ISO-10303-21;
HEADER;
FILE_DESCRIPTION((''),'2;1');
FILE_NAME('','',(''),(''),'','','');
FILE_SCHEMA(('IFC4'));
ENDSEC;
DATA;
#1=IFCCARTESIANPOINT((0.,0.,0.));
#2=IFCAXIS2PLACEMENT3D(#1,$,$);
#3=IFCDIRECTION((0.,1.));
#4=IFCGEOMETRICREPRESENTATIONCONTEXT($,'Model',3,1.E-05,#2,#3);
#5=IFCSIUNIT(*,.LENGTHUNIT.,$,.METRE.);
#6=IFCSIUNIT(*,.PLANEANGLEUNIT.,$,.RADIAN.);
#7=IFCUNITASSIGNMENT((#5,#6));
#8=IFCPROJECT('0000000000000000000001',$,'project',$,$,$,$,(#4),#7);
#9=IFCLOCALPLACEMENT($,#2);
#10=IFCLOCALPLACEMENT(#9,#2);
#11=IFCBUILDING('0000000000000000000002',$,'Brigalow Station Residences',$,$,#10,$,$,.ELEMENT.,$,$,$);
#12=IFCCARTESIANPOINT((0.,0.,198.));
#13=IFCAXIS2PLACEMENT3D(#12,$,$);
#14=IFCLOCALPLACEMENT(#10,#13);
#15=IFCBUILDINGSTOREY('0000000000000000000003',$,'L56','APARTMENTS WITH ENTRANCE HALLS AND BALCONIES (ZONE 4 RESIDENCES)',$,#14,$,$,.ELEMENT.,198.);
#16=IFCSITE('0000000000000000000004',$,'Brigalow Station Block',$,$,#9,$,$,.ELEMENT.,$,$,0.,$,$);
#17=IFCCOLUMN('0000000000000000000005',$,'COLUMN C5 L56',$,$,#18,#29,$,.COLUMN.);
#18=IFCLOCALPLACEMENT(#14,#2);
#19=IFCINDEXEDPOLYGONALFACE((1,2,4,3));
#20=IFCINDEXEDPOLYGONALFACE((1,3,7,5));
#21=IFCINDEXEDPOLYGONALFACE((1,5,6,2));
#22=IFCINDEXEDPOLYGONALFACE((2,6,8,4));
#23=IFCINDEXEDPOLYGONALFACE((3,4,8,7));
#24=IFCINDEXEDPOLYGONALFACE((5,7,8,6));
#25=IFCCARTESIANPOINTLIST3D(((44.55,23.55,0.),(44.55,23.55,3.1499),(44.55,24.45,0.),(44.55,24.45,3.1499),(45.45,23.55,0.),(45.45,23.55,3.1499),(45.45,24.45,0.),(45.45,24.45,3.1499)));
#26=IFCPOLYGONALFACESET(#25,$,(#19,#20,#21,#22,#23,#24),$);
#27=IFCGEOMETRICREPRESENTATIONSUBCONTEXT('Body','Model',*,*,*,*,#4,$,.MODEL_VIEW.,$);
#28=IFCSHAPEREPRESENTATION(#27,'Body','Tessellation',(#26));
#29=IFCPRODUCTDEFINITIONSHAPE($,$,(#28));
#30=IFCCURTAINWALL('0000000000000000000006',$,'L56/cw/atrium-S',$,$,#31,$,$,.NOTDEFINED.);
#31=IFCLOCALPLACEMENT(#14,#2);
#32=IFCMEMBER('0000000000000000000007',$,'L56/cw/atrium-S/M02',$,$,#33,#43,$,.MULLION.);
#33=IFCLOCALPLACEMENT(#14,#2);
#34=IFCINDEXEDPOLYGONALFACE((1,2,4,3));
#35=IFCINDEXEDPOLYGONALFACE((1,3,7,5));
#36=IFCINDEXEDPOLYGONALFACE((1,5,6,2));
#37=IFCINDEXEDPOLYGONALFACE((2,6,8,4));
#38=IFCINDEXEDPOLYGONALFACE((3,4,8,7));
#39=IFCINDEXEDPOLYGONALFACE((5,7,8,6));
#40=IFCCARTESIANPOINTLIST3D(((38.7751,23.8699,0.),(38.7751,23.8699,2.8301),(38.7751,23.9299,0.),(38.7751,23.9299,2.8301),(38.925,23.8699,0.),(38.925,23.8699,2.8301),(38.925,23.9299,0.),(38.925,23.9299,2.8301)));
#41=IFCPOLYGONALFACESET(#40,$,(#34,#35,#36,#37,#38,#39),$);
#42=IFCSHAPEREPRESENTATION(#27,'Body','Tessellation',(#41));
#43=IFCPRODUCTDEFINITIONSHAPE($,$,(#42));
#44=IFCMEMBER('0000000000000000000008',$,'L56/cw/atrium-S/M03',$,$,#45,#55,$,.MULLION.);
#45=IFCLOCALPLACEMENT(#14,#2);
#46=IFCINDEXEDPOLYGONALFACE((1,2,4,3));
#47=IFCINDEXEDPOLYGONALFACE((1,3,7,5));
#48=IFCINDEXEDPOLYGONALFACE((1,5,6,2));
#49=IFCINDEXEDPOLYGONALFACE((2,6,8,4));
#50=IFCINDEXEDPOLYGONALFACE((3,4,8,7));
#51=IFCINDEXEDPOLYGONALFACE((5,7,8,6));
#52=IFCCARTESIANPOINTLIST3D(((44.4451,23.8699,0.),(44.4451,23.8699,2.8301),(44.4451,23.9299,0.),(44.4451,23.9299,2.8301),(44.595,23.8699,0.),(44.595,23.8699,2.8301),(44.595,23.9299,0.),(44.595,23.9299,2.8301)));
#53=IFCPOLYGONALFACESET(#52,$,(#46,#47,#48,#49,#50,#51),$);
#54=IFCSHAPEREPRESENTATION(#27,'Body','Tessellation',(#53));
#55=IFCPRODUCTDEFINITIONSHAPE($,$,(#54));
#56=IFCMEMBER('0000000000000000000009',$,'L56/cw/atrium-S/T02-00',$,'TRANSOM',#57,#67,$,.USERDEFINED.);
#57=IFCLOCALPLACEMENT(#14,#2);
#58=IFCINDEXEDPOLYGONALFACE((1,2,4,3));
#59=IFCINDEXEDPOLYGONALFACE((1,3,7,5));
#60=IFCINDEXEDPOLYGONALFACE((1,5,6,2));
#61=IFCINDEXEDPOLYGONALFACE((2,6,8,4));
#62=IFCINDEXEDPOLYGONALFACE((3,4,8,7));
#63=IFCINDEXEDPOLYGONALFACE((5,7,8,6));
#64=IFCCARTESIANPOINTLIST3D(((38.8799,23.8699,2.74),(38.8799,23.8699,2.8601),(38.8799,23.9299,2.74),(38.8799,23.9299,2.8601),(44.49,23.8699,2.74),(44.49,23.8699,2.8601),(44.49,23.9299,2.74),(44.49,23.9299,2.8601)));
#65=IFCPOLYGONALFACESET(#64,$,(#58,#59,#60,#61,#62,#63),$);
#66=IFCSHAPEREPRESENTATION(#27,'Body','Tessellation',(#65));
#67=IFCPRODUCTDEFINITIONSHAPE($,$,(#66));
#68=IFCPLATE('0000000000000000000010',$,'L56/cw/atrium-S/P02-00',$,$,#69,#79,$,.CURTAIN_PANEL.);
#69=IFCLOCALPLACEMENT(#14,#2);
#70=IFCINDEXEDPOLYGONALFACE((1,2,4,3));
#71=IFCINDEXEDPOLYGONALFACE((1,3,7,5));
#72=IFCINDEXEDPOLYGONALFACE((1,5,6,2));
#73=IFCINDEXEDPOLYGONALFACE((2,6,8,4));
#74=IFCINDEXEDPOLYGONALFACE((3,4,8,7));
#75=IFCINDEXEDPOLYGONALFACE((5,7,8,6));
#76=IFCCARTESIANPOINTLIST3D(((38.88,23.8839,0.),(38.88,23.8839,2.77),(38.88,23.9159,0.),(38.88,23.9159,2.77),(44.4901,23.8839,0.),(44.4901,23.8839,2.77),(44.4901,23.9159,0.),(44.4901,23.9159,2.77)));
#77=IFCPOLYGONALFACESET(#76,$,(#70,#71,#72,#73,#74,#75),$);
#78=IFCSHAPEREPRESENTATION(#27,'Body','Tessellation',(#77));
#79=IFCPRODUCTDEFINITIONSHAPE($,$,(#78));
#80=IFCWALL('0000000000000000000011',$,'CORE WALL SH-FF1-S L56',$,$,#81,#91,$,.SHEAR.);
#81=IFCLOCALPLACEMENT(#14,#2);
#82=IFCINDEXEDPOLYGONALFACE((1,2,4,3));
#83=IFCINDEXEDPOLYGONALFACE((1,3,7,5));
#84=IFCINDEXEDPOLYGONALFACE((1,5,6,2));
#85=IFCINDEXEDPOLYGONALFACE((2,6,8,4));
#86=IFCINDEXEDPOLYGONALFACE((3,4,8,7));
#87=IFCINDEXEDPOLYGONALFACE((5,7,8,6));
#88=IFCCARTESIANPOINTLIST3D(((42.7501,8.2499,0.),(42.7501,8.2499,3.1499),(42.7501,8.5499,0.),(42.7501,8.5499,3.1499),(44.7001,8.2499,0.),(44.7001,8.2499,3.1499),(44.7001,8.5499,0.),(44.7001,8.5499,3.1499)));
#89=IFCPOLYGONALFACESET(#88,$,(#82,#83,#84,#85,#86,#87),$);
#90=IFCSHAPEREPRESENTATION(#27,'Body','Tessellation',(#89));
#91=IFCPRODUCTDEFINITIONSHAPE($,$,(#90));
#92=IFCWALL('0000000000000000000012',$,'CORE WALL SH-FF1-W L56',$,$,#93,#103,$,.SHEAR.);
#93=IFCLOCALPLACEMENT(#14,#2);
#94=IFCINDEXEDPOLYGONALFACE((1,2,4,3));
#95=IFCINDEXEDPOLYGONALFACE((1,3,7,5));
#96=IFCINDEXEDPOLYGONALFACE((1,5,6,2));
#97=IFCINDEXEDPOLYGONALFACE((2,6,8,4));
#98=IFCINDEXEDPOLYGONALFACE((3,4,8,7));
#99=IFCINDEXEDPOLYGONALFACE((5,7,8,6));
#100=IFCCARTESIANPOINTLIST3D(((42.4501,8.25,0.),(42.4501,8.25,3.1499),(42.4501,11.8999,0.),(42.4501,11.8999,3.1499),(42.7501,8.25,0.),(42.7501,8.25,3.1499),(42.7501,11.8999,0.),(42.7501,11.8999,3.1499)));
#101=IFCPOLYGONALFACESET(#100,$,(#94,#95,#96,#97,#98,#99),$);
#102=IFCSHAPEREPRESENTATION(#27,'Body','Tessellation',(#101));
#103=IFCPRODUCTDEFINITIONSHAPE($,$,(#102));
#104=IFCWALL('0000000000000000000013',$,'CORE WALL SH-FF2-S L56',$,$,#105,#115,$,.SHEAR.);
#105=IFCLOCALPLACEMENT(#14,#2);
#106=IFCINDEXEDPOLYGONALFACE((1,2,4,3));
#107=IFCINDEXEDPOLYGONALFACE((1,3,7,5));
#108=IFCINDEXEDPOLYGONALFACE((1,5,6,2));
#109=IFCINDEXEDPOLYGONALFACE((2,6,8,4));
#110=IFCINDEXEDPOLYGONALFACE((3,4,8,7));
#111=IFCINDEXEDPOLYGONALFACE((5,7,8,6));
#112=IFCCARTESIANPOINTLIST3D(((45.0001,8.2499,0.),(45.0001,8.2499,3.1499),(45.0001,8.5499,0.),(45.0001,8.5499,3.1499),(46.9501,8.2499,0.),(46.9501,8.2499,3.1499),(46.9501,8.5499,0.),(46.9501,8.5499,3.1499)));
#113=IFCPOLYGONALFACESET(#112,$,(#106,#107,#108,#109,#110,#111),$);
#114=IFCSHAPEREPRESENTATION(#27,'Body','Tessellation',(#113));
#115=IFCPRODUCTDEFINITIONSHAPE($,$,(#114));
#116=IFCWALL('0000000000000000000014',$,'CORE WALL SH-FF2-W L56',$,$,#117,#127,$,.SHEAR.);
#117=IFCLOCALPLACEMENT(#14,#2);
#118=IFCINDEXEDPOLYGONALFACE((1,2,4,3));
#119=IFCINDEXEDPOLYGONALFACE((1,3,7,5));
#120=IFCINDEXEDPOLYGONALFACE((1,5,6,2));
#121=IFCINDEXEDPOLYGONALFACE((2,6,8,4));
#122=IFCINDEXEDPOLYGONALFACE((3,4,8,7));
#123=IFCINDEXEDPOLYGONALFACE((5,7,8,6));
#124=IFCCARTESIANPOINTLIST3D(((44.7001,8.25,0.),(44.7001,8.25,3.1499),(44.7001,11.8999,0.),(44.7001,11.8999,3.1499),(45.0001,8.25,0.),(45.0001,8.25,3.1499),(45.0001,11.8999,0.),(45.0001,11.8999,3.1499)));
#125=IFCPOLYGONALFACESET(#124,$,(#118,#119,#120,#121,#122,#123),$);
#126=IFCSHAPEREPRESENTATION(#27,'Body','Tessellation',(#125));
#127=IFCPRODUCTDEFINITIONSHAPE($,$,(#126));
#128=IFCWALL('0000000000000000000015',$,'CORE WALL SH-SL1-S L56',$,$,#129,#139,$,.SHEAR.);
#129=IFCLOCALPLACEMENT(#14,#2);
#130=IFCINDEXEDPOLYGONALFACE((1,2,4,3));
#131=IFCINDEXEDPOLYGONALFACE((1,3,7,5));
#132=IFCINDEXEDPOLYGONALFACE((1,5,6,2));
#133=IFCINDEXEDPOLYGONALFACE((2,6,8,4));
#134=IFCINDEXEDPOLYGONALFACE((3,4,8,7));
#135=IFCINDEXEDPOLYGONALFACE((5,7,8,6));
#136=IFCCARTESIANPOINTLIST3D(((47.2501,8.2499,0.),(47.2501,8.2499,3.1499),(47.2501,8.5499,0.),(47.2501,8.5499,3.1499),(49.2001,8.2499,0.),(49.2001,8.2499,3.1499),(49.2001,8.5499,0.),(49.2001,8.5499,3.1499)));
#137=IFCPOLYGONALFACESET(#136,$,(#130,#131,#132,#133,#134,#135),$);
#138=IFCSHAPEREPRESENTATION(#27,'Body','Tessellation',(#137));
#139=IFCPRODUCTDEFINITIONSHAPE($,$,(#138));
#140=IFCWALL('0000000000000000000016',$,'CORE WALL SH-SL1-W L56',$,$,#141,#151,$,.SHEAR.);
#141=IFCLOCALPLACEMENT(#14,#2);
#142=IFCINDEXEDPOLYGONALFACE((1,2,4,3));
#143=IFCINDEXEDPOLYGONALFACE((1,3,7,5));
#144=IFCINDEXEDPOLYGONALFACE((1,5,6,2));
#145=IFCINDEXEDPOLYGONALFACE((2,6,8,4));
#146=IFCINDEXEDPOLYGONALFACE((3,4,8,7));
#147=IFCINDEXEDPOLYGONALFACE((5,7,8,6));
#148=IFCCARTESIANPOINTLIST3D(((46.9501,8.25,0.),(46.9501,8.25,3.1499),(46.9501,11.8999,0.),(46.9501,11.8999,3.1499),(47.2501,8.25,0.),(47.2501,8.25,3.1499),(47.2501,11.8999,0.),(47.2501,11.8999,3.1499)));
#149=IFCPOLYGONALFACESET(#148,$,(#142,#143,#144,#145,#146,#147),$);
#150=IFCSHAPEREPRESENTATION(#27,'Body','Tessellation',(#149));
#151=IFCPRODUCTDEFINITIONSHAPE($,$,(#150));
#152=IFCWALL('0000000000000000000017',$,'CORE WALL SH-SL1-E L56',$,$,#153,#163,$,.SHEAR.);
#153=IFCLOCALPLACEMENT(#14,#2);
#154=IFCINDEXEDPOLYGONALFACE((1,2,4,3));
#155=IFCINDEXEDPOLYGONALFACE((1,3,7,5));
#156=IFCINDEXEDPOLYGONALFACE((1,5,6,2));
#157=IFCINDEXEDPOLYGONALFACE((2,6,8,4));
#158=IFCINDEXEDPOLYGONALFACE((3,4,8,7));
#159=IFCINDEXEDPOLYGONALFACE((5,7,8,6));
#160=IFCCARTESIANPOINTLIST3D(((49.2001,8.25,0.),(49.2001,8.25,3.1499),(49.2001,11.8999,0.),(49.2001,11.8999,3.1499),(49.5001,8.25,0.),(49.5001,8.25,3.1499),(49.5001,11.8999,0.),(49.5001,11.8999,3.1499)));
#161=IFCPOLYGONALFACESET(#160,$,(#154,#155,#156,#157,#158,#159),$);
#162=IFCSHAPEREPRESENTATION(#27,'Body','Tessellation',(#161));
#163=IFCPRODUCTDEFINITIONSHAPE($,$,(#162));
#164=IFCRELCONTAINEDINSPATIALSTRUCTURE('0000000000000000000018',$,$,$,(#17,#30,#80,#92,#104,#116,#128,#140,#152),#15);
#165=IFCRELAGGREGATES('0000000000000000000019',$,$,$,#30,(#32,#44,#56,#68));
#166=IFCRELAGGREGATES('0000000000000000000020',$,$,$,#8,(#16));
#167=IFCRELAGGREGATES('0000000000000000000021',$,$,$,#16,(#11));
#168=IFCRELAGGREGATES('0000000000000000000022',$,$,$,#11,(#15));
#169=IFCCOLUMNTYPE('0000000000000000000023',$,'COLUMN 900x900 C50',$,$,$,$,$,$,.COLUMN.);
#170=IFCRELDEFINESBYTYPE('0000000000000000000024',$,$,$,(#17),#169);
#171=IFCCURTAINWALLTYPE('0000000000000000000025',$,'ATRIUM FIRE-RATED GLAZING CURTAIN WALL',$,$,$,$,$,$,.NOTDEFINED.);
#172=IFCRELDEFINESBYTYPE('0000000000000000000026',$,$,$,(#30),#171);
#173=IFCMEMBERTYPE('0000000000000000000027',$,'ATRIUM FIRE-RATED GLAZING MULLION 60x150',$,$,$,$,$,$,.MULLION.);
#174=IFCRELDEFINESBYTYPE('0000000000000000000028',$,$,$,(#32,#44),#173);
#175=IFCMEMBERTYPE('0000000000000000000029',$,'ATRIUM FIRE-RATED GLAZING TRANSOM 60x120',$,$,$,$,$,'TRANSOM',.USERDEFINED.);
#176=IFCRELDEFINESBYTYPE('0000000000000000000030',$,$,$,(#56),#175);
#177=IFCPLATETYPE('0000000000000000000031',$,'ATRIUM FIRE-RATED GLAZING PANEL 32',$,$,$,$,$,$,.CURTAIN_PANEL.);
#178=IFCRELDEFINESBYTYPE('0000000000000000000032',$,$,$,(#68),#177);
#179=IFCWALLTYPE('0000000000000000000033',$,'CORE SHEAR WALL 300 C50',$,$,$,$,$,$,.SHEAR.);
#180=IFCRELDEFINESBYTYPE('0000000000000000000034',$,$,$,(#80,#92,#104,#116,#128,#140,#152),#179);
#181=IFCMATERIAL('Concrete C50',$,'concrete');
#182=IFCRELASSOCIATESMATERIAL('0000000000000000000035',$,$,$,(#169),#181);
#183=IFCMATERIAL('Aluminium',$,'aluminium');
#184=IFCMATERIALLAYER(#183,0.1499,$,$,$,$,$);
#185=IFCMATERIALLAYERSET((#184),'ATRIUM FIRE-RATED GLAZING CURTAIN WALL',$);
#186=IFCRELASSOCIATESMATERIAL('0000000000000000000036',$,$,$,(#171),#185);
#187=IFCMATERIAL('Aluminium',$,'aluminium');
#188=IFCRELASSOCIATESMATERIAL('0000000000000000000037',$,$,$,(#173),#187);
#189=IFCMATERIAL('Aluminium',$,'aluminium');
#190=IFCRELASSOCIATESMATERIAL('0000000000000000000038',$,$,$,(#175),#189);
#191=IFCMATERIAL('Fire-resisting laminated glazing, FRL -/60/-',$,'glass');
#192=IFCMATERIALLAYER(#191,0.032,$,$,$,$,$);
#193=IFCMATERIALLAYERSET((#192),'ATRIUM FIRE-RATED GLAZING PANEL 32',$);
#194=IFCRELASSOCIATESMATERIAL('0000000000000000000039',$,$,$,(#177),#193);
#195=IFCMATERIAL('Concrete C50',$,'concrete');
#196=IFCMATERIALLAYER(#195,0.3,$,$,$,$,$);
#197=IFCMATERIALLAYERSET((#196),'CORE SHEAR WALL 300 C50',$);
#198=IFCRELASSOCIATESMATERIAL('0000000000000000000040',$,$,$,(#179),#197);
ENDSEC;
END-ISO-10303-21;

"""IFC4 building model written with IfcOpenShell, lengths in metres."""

from ifc_helpers import new_model, si_unit, direction, frame, frame_2d, origin, origin_2d, place, context, subcontext, project, spatial, rectangle, extrude, material, layer, layer_set, material_profile, profile_set, type_object, element, aggregate, save


model = new_model("IFC4")

# Units and contexts
model_context = context("Model", 3, precision=1e-05, world=origin(), true_north=direction((0.0, 1.0)))
body_context = subcontext(model_context, "Body", "Model", "MODEL_VIEW")
ifc_project = project(units=[si_unit("LENGTHUNIT", "METRE"), si_unit("PLANEANGLEUNIT", "RADIAN")], contexts=[model_context])

# Site, building, storey
site_placement = place(None, origin())
site = spatial("IfcSite", under=ifc_project, at=site_placement, Name="Brigalow Station Block", CompositionType="ELEMENT", RefElevation=0.0)
building_placement = place(site_placement, origin())
building = spatial("IfcBuilding", under=site, at=building_placement, Name="Brigalow Station Residences", CompositionType="ELEMENT")
storey_placement = place(building_placement, frame((0.0, 0.0, 198.0)))
storey = spatial("IfcBuildingStorey", under=building, at=storey_placement, Name="L56", Description="APARTMENTS WITH ENTRANCE HALLS AND BALCONIES (ZONE 4 RESIDENCES)", CompositionType="ELEMENT", Elevation=198.0)

# Column
ifc_material_1 = material(Name="Concrete C50", Category="concrete")
ifc_material_profile_1 = material_profile(ifc_material_1, rectangle(XDim=0.8999, YDim=0.8999, at=origin_2d()), Name="RC900x900")
ifc_profile_set_1 = profile_set([ifc_material_profile_1], Name="Concrete C50")
column_type = type_object("IfcColumnType", Name="COLUMN 900x900 C50", PredefinedType="COLUMN", material=ifc_profile_set_1)
column_placement = place(storey_placement, frame((45.0, 24.0, 0.0), z_axis=(0.0, 0.0, 1.0), x_axis=(1.0, 0.0, 0.0)))
element("IfcColumn", 1, at=column_placement, inside=storey, type_object=column_type, Name="COLUMN C5 L56", PredefinedType="COLUMN", context=body_context, shape_type="SweptSolid", body=[
    extrude(rectangle(XDim=0.8999, YDim=0.8999, at=origin_2d()), origin(), (0.0, 0.0, 1.0), 3.1499),
])

# Curtain wall, members, plate
ifc_material_2 = material(Name="Aluminium", Category="aluminium")
ifc_layer_1 = layer(ifc_material_2, 0.1499)
ifc_layer_set_1 = layer_set([ifc_layer_1], Name="ATRIUM FIRE-RATED GLAZING CURTAIN WALL")
curtain_wall_type = type_object("IfcCurtainWallType", Name="ATRIUM FIRE-RATED GLAZING CURTAIN WALL", PredefinedType="NOTDEFINED", material=ifc_layer_set_1)
curtain_wall_placement = place(storey_placement, origin())
curtain_wall = element("IfcCurtainWall", 2, at=curtain_wall_placement, inside=storey, type_object=curtain_wall_type, Name="L56/cw/atrium-S", PredefinedType="NOTDEFINED")
ifc_material_3 = material(Name="Aluminium", Category="aluminium")
ifc_material_profile_2 = material_profile(ifc_material_3, rectangle(XDim=0.0601, YDim=0.1499, at=origin_2d()), Name="ATRIUM FIRE-RATED GLAZING MULLION 60x150")
ifc_profile_set_2 = profile_set([ifc_material_profile_2], Name="Aluminium")
member_type_1 = type_object("IfcMemberType", Name="ATRIUM FIRE-RATED GLAZING MULLION 60x150", PredefinedType="MULLION", material=ifc_profile_set_2)
member_1_placement = place(storey_placement, frame((38.8501, 23.8999, 0.0), z_axis=(0.0, 0.0, 1.0), x_axis=(0.0, 1.0, 0.0)))
member_1 = element("IfcMember", 3, at=member_1_placement, type_object=member_type_1, Name="L56/cw/atrium-S/M02", PredefinedType="MULLION", context=body_context, shape_type="SweptSolid", body=[
    extrude(rectangle(XDim=0.0601, YDim=0.1499, at=origin_2d()), origin(), (0.0, 0.0, 1.0), 2.8301),
])
member_2_placement = place(storey_placement, frame((44.52, 23.8999, 0.0), z_axis=(0.0, 0.0, 1.0), x_axis=(0.0, 1.0, 0.0)))
member_2 = element("IfcMember", 4, at=member_2_placement, type_object=member_type_1, Name="L56/cw/atrium-S/M03", PredefinedType="MULLION", context=body_context, shape_type="SweptSolid", body=[
    extrude(rectangle(XDim=0.0601, YDim=0.1499, at=origin_2d()), origin(), (0.0, 0.0, 1.0), 2.8301),
])
ifc_material_4 = material(Name="Aluminium", Category="aluminium")
ifc_material_profile_3 = material_profile(ifc_material_4, rectangle(XDim=0.0601, YDim=0.1201, at=origin_2d()), Name="ATRIUM FIRE-RATED GLAZING TRANSOM 60x120")
ifc_profile_set_3 = profile_set([ifc_material_profile_3], Name="Aluminium")
member_type_2 = type_object("IfcMemberType", Name="ATRIUM FIRE-RATED GLAZING TRANSOM 60x120", ElementType="TRANSOM", PredefinedType="USERDEFINED", material=ifc_profile_set_3)
member_3_placement = place(storey_placement, frame((38.8799, 23.8999, 2.8), z_axis=(1.0, 0.0, 0.0), x_axis=(0.0, 1.0, 0.0)))
member_3 = element("IfcMember", 5, at=member_3_placement, type_object=member_type_2, Name="L56/cw/atrium-S/T02-00", ObjectType="TRANSOM", PredefinedType="USERDEFINED", context=body_context, shape_type="SweptSolid", body=[
    extrude(rectangle(XDim=0.0601, YDim=0.1201, at=origin_2d()), origin(), (0.0, 0.0, 1.0), 5.6101),
])
ifc_material_5 = material(Name="Fire-resisting laminated glazing, FRL -/60/-", Category="glass")
ifc_layer_2 = layer(ifc_material_5, 0.032)
ifc_layer_set_2 = layer_set([ifc_layer_2], Name="ATRIUM FIRE-RATED GLAZING PANEL 32")
plate_type = type_object("IfcPlateType", Name="ATRIUM FIRE-RATED GLAZING PANEL 32", PredefinedType="CURTAIN_PANEL", material=ifc_layer_set_2)
plate_placement = place(storey_placement, frame((41.6851, 23.8999, 0.0), z_axis=(0.0, 0.0, 1.0), x_axis=(1.0, 0.0, 0.0)))
plate = element("IfcPlate", 6, at=plate_placement, type_object=plate_type, Name="L56/cw/atrium-S/P02-00", PredefinedType="CURTAIN_PANEL", context=body_context, shape_type="SweptSolid", body=[
    extrude(rectangle(XDim=5.6101, YDim=0.032, at=origin_2d()), origin(), (0.0, 0.0, 1.0), 2.77),
])
aggregate(curtain_wall, [member_1, member_2, member_3, plate])

# Walls
ifc_material_6 = material(Name="Concrete C50", Category="concrete")
ifc_layer_3 = layer(ifc_material_6, 0.3)
ifc_layer_set_3 = layer_set([ifc_layer_3], Name="CORE SHEAR WALL 300 C50")
wall_type_1 = type_object("IfcWallType", Name="CORE SHEAR WALL 300 C50", PredefinedType="SHEAR", material=ifc_layer_set_3)
wall_1_placement = place(storey_placement, frame((42.75, 8.3999, 0.0), z_axis=(0.0, 0.0, 1.0), x_axis=(1.0, 0.0, 0.0)))
element("IfcWall", 7, at=wall_1_placement, inside=storey, type_object=wall_type_1, Name="CORE WALL SH-FF1-S L56", PredefinedType="SHEAR", context=body_context, shape_type="SweptSolid", body=[
    extrude(rectangle(XDim=1.95, YDim=0.3, at=frame_2d((0.9751, 0.0))), origin(), (0.0, 0.0, 1.0), 3.1499),
])
wall_2_placement = place(storey_placement, frame((42.6001, 8.25, 0.0), z_axis=(0.0, 0.0, 1.0), x_axis=(0.0, 1.0, 0.0)))
element("IfcWall", 8, at=wall_2_placement, inside=storey, type_object=wall_type_1, Name="CORE WALL SH-FF1-W L56", PredefinedType="SHEAR", context=body_context, shape_type="SweptSolid", body=[
    extrude(rectangle(XDim=3.6499, YDim=0.3, at=frame_2d((1.825, 0.0))), origin(), (0.0, 0.0, 1.0), 3.1499),
])
wall_3_placement = place(storey_placement, frame((45.0, 8.3999, 0.0), z_axis=(0.0, 0.0, 1.0), x_axis=(1.0, 0.0, 0.0)))
element("IfcWall", 9, at=wall_3_placement, inside=storey, type_object=wall_type_1, Name="CORE WALL SH-FF2-S L56", PredefinedType="SHEAR", context=body_context, shape_type="SweptSolid", body=[
    extrude(rectangle(XDim=1.95, YDim=0.3, at=frame_2d((0.9751, 0.0))), origin(), (0.0, 0.0, 1.0), 3.1499),
])
wall_4_placement = place(storey_placement, frame((44.8501, 8.25, 0.0), z_axis=(0.0, 0.0, 1.0), x_axis=(0.0, 1.0, 0.0)))
element("IfcWall", 10, at=wall_4_placement, inside=storey, type_object=wall_type_1, Name="CORE WALL SH-FF2-W L56", PredefinedType="SHEAR", context=body_context, shape_type="SweptSolid", body=[
    extrude(rectangle(XDim=3.6499, YDim=0.3, at=frame_2d((1.825, 0.0))), origin(), (0.0, 0.0, 1.0), 3.1499),
])
wall_5_placement = place(storey_placement, frame((47.25, 8.3999, 0.0), z_axis=(0.0, 0.0, 1.0), x_axis=(1.0, 0.0, 0.0)))
element("IfcWall", 11, at=wall_5_placement, inside=storey, type_object=wall_type_1, Name="CORE WALL SH-SL1-S L56", PredefinedType="SHEAR", context=body_context, shape_type="SweptSolid", body=[
    extrude(rectangle(XDim=1.95, YDim=0.3, at=frame_2d((0.9751, 0.0))), origin(), (0.0, 0.0, 1.0), 3.1499),
])
for number, where, z_axis, x_axis, name in (
    (12, (47.1001, 8.25, 0.0), (0.0, 0.0, 1.0), (0.0, 1.0, 0.0), "CORE WALL SH-SL1-W L56"),
    (13, (49.3501, 8.25, 0.0), (0.0, 0.0, 1.0), (0.0, 1.0, 0.0), "CORE WALL SH-SL1-E L56"),
):
    element("IfcWall", number, at=place(storey_placement, frame(where, z_axis=z_axis, x_axis=x_axis)), inside=storey, type_object=wall_type_1, Name=name, PredefinedType="SHEAR", context=body_context, shape_type="SweptSolid", body=[
        extrude(rectangle(XDim=3.6499, YDim=0.3, at=frame_2d((1.825, 0.0))), origin(), (0.0, 0.0, 1.0), 3.1499),
    ])

save(model, "model.ifc")
